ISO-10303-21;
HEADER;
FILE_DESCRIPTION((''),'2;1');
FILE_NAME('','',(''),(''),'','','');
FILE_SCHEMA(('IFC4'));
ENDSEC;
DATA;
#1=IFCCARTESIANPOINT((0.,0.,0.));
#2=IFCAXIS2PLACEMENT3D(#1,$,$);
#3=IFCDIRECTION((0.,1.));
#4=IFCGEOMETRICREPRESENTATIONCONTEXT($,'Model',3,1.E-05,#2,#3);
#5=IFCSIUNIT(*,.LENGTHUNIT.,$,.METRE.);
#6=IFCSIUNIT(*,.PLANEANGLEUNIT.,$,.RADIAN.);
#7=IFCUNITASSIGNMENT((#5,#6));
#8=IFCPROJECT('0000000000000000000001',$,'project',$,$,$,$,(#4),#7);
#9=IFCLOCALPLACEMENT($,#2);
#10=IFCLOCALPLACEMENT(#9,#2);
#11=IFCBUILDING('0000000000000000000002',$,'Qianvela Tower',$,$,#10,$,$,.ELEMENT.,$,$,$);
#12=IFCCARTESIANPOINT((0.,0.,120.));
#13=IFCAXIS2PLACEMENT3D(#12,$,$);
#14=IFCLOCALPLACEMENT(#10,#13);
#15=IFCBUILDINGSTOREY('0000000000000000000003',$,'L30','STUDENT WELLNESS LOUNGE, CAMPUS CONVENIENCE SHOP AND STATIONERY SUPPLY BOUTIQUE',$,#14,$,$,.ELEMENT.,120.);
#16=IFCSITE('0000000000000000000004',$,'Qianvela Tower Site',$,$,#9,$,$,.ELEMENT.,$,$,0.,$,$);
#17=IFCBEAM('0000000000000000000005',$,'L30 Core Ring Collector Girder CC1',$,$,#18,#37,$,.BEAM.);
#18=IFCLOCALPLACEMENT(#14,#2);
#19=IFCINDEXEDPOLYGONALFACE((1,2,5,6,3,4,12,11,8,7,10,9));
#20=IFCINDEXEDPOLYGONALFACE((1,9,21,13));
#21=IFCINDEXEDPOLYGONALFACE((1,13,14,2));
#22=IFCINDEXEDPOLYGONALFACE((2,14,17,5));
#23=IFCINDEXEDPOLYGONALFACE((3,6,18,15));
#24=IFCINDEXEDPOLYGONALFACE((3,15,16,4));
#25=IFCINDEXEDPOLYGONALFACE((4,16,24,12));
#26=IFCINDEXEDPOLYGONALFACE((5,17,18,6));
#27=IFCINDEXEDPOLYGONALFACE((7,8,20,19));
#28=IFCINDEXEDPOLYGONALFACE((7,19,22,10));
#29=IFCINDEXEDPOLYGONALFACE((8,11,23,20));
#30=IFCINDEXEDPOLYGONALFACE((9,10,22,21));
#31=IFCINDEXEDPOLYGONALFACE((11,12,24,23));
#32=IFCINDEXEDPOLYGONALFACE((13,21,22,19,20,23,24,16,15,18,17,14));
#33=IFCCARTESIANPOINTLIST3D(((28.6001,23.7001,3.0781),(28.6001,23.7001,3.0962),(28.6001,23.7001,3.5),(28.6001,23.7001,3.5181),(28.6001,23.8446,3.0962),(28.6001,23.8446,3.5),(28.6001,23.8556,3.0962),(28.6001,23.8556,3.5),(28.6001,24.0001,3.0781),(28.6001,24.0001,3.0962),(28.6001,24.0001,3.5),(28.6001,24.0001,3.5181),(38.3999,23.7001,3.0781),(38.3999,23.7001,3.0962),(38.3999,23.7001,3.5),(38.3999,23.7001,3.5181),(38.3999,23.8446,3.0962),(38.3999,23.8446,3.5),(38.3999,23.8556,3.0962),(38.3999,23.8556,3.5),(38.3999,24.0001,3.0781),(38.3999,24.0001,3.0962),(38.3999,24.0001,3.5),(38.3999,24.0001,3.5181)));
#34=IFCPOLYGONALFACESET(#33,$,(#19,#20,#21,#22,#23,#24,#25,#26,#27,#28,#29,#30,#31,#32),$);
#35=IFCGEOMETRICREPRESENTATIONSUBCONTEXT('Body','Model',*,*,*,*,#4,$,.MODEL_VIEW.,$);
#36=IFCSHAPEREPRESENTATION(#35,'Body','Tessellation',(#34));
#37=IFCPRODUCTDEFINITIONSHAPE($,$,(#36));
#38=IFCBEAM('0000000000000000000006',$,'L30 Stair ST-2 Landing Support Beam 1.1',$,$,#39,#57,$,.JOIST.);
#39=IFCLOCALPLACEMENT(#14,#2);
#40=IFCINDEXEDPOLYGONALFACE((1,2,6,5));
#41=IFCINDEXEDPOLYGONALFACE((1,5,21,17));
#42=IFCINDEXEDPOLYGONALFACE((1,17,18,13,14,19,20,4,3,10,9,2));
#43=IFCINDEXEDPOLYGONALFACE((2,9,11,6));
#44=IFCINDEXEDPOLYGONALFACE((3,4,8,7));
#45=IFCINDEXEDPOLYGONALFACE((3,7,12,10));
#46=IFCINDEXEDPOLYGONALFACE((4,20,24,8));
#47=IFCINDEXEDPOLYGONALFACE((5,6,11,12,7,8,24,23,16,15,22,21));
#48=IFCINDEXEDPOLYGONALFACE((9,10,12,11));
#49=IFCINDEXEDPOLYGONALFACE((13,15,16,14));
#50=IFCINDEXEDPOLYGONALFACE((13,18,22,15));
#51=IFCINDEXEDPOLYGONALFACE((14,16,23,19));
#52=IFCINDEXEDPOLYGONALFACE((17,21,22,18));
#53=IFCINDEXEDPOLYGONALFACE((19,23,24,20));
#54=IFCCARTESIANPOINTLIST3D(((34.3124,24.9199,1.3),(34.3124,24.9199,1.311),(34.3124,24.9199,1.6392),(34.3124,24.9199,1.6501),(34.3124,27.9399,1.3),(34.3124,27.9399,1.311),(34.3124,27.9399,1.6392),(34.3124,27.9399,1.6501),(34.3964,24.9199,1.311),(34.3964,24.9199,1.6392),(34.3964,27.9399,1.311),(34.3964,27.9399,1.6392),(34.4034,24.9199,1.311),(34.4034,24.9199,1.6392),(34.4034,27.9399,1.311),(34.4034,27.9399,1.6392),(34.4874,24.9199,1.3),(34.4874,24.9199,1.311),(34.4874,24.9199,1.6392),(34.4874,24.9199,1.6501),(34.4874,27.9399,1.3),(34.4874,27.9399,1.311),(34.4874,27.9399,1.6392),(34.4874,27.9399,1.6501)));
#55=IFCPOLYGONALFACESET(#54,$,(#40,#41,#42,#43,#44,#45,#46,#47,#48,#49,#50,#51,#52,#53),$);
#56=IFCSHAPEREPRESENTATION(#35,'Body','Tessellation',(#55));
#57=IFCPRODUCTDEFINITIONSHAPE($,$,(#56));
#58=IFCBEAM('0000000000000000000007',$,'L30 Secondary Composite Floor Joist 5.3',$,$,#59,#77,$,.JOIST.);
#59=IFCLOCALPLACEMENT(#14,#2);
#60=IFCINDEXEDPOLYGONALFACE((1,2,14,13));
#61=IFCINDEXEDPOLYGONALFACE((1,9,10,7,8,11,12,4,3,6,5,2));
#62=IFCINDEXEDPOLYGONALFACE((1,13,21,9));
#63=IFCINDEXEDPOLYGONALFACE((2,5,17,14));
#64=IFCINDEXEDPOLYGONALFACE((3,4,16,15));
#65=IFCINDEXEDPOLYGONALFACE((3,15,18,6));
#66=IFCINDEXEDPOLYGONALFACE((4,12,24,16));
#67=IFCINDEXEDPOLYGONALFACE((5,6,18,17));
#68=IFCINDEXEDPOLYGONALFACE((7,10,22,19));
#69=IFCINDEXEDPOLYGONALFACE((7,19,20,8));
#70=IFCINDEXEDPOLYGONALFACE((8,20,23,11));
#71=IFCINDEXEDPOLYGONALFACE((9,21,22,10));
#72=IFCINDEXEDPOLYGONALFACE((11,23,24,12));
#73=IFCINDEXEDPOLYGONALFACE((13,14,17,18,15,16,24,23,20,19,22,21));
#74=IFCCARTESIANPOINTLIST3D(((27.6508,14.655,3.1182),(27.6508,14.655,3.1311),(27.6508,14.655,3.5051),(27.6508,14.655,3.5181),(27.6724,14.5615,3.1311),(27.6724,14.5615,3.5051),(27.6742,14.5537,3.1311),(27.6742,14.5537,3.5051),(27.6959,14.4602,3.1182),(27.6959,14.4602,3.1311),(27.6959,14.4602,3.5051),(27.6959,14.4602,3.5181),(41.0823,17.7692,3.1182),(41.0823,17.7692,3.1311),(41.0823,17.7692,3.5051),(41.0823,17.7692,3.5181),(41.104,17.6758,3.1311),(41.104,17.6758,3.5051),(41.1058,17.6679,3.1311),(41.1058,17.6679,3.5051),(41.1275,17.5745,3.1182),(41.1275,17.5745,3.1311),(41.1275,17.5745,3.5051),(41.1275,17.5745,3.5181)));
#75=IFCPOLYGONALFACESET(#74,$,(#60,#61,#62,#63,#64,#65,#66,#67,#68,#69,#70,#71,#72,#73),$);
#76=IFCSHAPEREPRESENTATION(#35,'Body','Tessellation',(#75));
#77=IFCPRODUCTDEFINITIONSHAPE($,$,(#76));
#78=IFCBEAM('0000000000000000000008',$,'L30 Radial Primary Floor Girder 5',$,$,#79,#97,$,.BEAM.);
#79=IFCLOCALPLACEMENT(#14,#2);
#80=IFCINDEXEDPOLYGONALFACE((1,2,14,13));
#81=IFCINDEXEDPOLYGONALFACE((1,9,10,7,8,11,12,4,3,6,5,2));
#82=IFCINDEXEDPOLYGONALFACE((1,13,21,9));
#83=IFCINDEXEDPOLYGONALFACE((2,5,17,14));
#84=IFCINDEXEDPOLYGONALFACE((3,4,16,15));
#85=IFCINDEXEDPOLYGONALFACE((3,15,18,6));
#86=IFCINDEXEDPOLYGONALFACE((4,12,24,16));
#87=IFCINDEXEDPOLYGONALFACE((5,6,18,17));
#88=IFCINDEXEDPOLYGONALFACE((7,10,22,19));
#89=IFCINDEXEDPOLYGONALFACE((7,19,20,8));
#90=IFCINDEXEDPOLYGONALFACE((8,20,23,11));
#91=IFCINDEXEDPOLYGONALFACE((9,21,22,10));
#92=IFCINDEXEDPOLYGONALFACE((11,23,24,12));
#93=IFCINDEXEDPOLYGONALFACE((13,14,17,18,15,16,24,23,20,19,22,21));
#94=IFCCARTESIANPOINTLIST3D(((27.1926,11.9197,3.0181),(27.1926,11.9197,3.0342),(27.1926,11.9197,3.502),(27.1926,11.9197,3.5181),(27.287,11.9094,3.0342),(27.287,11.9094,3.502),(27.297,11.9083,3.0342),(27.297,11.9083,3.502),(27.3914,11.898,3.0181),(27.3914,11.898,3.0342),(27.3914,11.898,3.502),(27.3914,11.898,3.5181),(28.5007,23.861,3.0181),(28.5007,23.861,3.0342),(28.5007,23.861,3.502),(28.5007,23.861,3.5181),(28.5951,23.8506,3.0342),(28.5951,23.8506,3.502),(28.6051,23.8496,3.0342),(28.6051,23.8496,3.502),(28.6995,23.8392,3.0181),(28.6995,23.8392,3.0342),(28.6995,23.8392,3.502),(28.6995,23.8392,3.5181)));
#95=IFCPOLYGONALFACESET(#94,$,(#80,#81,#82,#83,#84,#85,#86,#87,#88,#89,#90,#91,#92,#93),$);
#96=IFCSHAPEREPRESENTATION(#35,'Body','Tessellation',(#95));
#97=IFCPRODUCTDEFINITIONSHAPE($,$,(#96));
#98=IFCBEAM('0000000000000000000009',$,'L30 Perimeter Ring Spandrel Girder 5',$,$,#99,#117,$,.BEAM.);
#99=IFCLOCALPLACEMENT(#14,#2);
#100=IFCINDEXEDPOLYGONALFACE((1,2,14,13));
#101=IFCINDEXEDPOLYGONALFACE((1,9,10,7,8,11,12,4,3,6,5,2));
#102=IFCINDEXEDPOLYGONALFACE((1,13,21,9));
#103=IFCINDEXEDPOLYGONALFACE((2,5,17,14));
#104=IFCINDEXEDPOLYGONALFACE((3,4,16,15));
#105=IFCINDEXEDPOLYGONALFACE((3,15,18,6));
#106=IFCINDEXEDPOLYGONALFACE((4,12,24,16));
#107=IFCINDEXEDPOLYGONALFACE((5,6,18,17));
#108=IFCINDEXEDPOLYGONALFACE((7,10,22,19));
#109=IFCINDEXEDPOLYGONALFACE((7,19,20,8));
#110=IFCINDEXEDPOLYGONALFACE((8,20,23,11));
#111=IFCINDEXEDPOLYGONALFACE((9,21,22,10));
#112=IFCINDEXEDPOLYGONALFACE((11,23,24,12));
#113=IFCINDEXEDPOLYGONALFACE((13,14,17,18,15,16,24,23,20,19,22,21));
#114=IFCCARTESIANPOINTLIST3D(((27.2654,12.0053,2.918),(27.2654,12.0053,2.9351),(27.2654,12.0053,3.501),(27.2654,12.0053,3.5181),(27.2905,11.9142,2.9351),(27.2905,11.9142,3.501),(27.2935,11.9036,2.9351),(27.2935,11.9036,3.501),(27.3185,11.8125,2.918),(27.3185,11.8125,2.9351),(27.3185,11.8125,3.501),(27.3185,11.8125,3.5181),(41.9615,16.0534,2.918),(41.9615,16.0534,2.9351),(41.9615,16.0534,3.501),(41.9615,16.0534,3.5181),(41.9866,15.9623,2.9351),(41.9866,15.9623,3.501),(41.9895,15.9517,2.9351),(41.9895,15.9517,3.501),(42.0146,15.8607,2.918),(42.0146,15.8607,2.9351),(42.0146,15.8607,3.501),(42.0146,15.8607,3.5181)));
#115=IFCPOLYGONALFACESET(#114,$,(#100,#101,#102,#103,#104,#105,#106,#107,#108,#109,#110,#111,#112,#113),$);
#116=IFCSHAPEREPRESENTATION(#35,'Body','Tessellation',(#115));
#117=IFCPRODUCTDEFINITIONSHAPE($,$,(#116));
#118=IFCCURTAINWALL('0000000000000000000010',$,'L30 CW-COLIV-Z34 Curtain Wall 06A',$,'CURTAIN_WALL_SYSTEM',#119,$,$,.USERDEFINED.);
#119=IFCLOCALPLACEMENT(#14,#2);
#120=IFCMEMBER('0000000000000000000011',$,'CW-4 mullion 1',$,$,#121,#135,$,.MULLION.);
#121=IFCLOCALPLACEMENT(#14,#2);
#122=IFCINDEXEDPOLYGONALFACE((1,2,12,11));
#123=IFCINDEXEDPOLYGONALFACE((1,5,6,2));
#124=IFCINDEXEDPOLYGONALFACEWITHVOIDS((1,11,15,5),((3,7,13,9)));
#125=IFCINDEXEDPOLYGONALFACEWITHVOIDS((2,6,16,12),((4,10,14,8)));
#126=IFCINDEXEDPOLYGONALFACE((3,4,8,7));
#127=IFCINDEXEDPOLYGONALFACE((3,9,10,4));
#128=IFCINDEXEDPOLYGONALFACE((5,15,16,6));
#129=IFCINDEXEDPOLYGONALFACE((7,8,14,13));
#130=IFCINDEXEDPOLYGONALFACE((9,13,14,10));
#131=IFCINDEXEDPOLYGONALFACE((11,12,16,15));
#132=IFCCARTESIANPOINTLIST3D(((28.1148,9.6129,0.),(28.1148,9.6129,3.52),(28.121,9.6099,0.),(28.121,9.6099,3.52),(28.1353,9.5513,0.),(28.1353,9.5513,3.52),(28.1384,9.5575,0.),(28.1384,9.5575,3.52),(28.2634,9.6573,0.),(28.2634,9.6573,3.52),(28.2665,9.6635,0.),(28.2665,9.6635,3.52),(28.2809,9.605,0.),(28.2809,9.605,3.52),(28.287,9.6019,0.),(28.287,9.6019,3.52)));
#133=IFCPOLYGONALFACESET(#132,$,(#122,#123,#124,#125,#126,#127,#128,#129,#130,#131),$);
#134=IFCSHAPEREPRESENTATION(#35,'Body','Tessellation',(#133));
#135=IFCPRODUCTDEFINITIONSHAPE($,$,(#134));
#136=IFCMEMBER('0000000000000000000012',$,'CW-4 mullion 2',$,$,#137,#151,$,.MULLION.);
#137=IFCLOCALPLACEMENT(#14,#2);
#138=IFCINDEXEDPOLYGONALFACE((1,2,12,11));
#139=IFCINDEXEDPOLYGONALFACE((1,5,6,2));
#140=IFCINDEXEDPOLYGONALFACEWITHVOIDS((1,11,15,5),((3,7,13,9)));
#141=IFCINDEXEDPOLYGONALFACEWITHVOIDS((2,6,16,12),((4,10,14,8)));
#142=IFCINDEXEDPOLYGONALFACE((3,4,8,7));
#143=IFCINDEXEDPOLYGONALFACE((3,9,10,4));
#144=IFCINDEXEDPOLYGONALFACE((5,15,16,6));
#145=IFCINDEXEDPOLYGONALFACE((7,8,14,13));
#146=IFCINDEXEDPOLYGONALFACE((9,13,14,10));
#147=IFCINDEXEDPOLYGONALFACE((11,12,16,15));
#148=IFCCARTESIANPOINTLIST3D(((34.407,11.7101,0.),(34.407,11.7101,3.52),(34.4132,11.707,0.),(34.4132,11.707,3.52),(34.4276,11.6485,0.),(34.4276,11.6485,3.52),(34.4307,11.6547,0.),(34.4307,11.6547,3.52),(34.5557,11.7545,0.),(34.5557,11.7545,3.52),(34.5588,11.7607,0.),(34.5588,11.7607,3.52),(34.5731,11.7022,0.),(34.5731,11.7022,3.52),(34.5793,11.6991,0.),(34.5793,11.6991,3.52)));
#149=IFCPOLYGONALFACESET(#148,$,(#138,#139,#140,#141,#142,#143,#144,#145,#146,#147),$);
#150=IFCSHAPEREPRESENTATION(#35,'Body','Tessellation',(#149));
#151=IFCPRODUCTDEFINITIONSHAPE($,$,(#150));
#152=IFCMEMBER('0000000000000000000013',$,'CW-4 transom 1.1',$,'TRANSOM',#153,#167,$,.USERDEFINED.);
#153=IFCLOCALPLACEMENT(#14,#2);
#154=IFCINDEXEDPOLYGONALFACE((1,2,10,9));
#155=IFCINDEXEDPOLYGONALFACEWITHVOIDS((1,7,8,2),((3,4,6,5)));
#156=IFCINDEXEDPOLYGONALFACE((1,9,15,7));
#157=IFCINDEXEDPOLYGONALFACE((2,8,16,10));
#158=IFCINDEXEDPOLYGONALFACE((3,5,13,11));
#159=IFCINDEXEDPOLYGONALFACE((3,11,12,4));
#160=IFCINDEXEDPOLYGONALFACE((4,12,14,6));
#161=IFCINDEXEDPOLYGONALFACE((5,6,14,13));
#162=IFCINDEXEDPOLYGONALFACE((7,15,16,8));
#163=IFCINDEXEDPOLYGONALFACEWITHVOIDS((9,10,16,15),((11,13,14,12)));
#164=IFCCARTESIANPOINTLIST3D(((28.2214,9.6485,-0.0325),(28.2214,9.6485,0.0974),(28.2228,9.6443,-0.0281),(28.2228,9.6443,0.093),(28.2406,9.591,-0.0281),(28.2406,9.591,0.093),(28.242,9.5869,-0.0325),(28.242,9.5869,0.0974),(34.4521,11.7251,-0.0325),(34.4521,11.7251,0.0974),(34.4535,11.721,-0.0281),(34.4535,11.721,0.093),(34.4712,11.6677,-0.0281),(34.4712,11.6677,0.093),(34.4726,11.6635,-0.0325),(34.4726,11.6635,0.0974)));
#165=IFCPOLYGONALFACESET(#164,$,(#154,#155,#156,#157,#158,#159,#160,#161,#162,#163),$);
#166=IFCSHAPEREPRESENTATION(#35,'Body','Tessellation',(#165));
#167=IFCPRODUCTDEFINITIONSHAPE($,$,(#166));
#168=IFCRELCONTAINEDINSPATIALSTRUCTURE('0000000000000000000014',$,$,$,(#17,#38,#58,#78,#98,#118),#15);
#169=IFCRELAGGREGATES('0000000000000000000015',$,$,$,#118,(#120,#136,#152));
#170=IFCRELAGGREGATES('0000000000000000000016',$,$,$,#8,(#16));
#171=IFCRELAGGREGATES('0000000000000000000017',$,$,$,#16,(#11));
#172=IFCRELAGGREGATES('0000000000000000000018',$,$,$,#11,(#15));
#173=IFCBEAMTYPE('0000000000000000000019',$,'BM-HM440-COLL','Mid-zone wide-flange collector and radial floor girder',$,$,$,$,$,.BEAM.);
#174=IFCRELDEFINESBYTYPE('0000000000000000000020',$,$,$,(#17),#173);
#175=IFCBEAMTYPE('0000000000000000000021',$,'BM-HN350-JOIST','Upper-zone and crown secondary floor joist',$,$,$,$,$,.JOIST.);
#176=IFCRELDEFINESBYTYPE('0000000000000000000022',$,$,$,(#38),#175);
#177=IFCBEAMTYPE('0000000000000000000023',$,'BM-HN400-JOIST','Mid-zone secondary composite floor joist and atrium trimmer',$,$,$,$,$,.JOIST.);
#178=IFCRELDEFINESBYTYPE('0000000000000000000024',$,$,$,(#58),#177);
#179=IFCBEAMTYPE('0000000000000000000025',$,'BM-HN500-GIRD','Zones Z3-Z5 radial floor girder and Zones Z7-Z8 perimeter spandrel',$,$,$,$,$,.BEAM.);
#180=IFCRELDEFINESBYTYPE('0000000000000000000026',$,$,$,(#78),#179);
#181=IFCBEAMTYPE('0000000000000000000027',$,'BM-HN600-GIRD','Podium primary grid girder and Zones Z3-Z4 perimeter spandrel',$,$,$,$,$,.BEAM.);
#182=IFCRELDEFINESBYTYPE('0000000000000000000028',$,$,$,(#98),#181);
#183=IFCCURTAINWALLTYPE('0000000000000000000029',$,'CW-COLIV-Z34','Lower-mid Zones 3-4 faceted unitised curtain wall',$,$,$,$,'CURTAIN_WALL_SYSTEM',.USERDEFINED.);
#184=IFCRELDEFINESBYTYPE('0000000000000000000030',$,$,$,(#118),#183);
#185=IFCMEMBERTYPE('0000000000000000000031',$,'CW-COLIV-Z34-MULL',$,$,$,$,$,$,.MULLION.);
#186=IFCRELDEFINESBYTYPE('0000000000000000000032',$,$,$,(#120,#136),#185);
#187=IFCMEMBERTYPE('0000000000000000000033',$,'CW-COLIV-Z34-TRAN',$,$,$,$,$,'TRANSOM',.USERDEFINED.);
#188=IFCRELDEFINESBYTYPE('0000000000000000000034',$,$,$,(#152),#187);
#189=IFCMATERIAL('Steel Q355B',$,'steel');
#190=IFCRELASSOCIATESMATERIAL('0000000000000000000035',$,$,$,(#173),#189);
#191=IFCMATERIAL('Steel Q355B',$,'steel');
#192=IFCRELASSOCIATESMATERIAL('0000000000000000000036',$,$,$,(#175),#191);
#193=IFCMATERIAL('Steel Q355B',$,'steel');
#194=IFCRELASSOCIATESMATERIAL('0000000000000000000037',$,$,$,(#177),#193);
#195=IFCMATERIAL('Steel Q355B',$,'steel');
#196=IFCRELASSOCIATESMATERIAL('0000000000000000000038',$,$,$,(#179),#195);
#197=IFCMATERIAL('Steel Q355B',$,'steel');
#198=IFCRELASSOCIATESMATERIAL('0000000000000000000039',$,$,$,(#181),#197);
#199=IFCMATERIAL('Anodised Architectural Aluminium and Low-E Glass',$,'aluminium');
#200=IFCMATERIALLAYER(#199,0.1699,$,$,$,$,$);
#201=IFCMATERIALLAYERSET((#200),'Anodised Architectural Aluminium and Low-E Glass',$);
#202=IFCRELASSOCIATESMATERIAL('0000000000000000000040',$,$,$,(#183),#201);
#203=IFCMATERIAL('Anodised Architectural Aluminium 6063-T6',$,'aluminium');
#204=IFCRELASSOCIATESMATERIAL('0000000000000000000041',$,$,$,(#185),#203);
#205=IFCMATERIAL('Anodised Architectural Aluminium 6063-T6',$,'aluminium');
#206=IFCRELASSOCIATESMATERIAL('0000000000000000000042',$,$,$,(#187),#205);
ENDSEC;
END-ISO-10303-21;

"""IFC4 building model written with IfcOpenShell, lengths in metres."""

from ifc_helpers import new_model, si_unit, direction, frame, origin, origin_2d, place, context, subcontext, project, spatial, hollow_rectangle, i_section, extrude, material, layer, layer_set, material_profile, profile_set, type_object, element, aggregate, save


model = new_model("IFC4")

# Units and contexts
model_context = context("Model", 3, precision=1e-05, world=origin(), true_north=direction((0.0, 1.0)))
body_context = subcontext(model_context, "Body", "Model", "MODEL_VIEW")
ifc_project = project(units=[si_unit("LENGTHUNIT", "METRE"), si_unit("PLANEANGLEUNIT", "RADIAN")], contexts=[model_context])

# Site, building, storey
site_placement = place(None, origin())
site = spatial("IfcSite", under=ifc_project, at=site_placement, Name="Qianvela Tower Site", CompositionType="ELEMENT", RefElevation=0.0)
building_placement = place(site_placement, origin())
building = spatial("IfcBuilding", under=site, at=building_placement, Name="Qianvela Tower", CompositionType="ELEMENT")
storey_placement = place(building_placement, frame((0.0, 0.0, 120.0)))
storey = spatial("IfcBuildingStorey", under=building, at=storey_placement, Name="L30", Description="STUDENT WELLNESS LOUNGE, CAMPUS CONVENIENCE SHOP AND STATIONERY SUPPLY BOUTIQUE", CompositionType="ELEMENT", Elevation=120.0)

# Beams
ifc_material_1 = material(Name="Steel Q355B", Category="steel")
ifc_material_profile_1 = material_profile(ifc_material_1, i_section(OverallWidth=0.3, OverallDepth=0.4399, WebThickness=0.011, FlangeThickness=0.0181, at=origin_2d()), Name="HM440x300x11x18")
ifc_profile_set_1 = profile_set([ifc_material_profile_1], Name="Steel Q355B")
beam_type_1 = type_object("IfcBeamType", Name="BM-HM440-COLL", Description="Mid-zone wide-flange collector and radial floor girder", PredefinedType="BEAM", material=ifc_profile_set_1)
beam_1_placement = place(storey_placement, frame((28.6001, 23.8501, 3.2981), z_axis=(1.0, 0.0, 0.0), x_axis=(0.0, 1.0, 0.0)))
element("IfcBeam", 1, at=beam_1_placement, inside=storey, type_object=beam_type_1, Name="L30 Core Ring Collector Girder CC1", PredefinedType="BEAM", context=body_context, shape_type="SweptSolid", body=[
    extrude(i_section(OverallWidth=0.3, OverallDepth=0.4399, WebThickness=0.011, FlangeThickness=0.0181, at=origin_2d()), origin(), (0.0, 0.0, 1.0), 9.7998),
])
ifc_material_2 = material(Name="Steel Q355B", Category="steel")
ifc_material_profile_2 = material_profile(ifc_material_2, i_section(OverallWidth=0.175, OverallDepth=0.3501, WebThickness=0.0071, FlangeThickness=0.011, at=origin_2d()), Name="HN350x175x7x11")
ifc_profile_set_2 = profile_set([ifc_material_profile_2], Name="Steel Q355B")
beam_type_2 = type_object("IfcBeamType", Name="BM-HN350-JOIST", Description="Upper-zone and crown secondary floor joist", PredefinedType="JOIST", material=ifc_profile_set_2)
beam_2_placement = place(storey_placement, frame((34.3999, 24.9199, 1.4751), z_axis=(0.0, 1.0, 0.0), x_axis=(-1.0, 0.0, 0.0)))
element("IfcBeam", 2, at=beam_2_placement, inside=storey, type_object=beam_type_2, Name="L30 Stair ST-2 Landing Support Beam 1.1", PredefinedType="JOIST", context=body_context, shape_type="SweptSolid", body=[
    extrude(i_section(OverallWidth=0.175, OverallDepth=0.3501, WebThickness=0.0071, FlangeThickness=0.011, at=origin_2d()), origin(), (0.0, 0.0, 1.0), 3.02),
])
ifc_material_3 = material(Name="Steel Q355B", Category="steel")
ifc_material_profile_3 = material_profile(ifc_material_3, i_section(OverallWidth=0.2, OverallDepth=0.3999, WebThickness=0.0081, FlangeThickness=0.0129, at=origin_2d()), Name="HN400x200x8x13")
ifc_profile_set_3 = profile_set([ifc_material_profile_3], Name="Steel Q355B")
beam_type_3 = type_object("IfcBeamType", Name="BM-HN400-JOIST", Description="Mid-zone secondary composite floor joist and atrium trimmer", PredefinedType="JOIST", material=ifc_profile_set_3)
beam_3_placement = place(storey_placement, frame((27.6733, 14.5576, 3.3181), z_axis=(0.974158, 0.225868, 0.0), x_axis=(-0.225868, 0.974158, 0.0)))
element("IfcBeam", 3, at=beam_3_placement, inside=storey, type_object=beam_type_3, Name="L30 Secondary Composite Floor Joist 5.3", PredefinedType="JOIST", context=body_context, shape_type="SweptSolid", body=[
    extrude(i_section(OverallWidth=0.2, OverallDepth=0.3999, WebThickness=0.0081, FlangeThickness=0.0129, at=origin_2d()), origin(), (0.0, 0.0, 1.0), 13.7878),
])
ifc_material_4 = material(Name="Steel Q355B", Category="steel")
ifc_material_profile_4 = material_profile(ifc_material_4, i_section(OverallWidth=0.2, OverallDepth=0.5, WebThickness=0.01, FlangeThickness=0.0161, at=origin_2d()), Name="HN500x200x10x16")
ifc_profile_set_4 = profile_set([ifc_material_profile_4], Name="Steel Q355B")
beam_type_4 = type_object("IfcBeamType", Name="BM-HN500-GIRD", Description="Zones Z3-Z5 radial floor girder and Zones Z7-Z8 perimeter spandrel", PredefinedType="BEAM", material=ifc_profile_set_4)
beam_4_placement = place(storey_placement, frame((28.6001, 23.8501, 3.2681), z_axis=(-0.108894, -0.994053, 0.0), x_axis=(0.994053, -0.108894, 0.0)))
element("IfcBeam", 4, at=beam_4_placement, inside=storey, type_object=beam_type_4, Name="L30 Radial Primary Floor Girder 5", PredefinedType="BEAM", context=body_context, shape_type="SweptSolid", body=[
    extrude(i_section(OverallWidth=0.2, OverallDepth=0.5, WebThickness=0.01, FlangeThickness=0.0161, at=origin_2d()), origin(), (0.0, 0.0, 1.0), 12.0127),
])
ifc_material_5 = material(Name="Steel Q355B", Category="steel")
ifc_material_profile_5 = material_profile(ifc_material_5, i_section(OverallWidth=0.2, OverallDepth=0.6001, WebThickness=0.011, FlangeThickness=0.0171, at=origin_2d()), Name="HN600x200x11x17")
ifc_profile_set_5 = profile_set([ifc_material_profile_5], Name="Steel Q355B")
beam_type_5 = type_object("IfcBeamType", Name="BM-HN600-GIRD", Description="Podium primary grid girder and Zones Z3-Z4 perimeter spandrel", PredefinedType="BEAM", material=ifc_profile_set_5)
beam_5_placement = place(storey_placement, frame((27.292, 11.9089, 3.218), z_axis=(0.964093, 0.265564, 0.0), x_axis=(-0.265564, 0.964093, 0.0)))
element("IfcBeam", 5, at=beam_5_placement, inside=storey, type_object=beam_type_5, Name="L30 Perimeter Ring Spandrel Girder 5", PredefinedType="BEAM", context=body_context, shape_type="SweptSolid", body=[
    extrude(i_section(OverallWidth=0.2, OverallDepth=0.6001, WebThickness=0.011, FlangeThickness=0.0171, at=origin_2d()), origin(), (0.0, 0.0, 1.0), 15.2434),
])

# Curtain wall, members
ifc_material_6 = material(Name="Anodised Architectural Aluminium and Low-E Glass", Category="aluminium")
ifc_layer_1 = layer(ifc_material_6, 0.1699)
ifc_layer_set_1 = layer_set([ifc_layer_1], Name="Anodised Architectural Aluminium and Low-E Glass")
curtain_wall_type = type_object("IfcCurtainWallType", Name="CW-COLIV-Z34", Description="Lower-mid Zones 3-4 faceted unitised curtain wall", ElementType="CURTAIN_WALL_SYSTEM", PredefinedType="USERDEFINED", material=ifc_layer_set_1)
curtain_wall_placement = place(storey_placement, origin())
curtain_wall = element("IfcCurtainWall", 6, at=curtain_wall_placement, inside=storey, type_object=curtain_wall_type, Name="L30 CW-COLIV-Z34 Curtain Wall 06A", ObjectType="CURTAIN_WALL_SYSTEM", PredefinedType="USERDEFINED")
ifc_material_7 = material(Name="Anodised Architectural Aluminium 6063-T6", Category="aluminium")
ifc_material_profile_6 = material_profile(ifc_material_7, hollow_rectangle(XDim=0.0649, YDim=0.1599, WallThickness=0.0049, at=origin_2d()), Name="ALU-MULL-65x160")
ifc_profile_set_6 = profile_set([ifc_material_profile_6], Name="Anodised Architectural Aluminium 6063-T6")
member_type_1 = type_object("IfcMemberType", Name="CW-COLIV-Z34-MULL", PredefinedType="MULLION", material=ifc_profile_set_6)
member_1_placement = place(storey_placement, frame((28.2009, 9.6074, 0.0), z_axis=(0.0, 0.0, 1.0), x_axis=(-0.316196, 0.948694, 0.0)))
member_1 = element("IfcMember", 7, at=member_1_placement, type_object=member_type_1, Name="CW-4 mullion 1", PredefinedType="MULLION", context=body_context, shape_type="SweptSolid", body=[
    extrude(hollow_rectangle(XDim=0.0649, YDim=0.1599, WallThickness=0.0049, at=origin_2d()), origin(), (0.0, 0.0, 1.0), 3.52),
])
member_2_placement = place(storey_placement, frame((34.4932, 11.7046, 0.0), z_axis=(0.0, 0.0, 1.0), x_axis=(-0.316196, 0.948694, 0.0)))
member_2 = element("IfcMember", 8, at=member_2_placement, type_object=member_type_1, Name="CW-4 mullion 2", PredefinedType="MULLION", context=body_context, shape_type="SweptSolid", body=[
    extrude(hollow_rectangle(XDim=0.0649, YDim=0.1599, WallThickness=0.0049, at=origin_2d()), origin(), (0.0, 0.0, 1.0), 3.52),
])
ifc_material_8 = material(Name="Anodised Architectural Aluminium 6063-T6", Category="aluminium")
ifc_material_profile_7 = material_profile(ifc_material_8, hollow_rectangle(XDim=0.0649, YDim=0.1299, WallThickness=0.0044, at=origin_2d()), Name="ALU-TRAN-65x130")
ifc_profile_set_7 = profile_set([ifc_material_profile_7], Name="Anodised Architectural Aluminium 6063-T6")
member_type_2 = type_object("IfcMemberType", Name="CW-COLIV-Z34-TRAN", ElementType="TRANSOM", PredefinedType="USERDEFINED", material=ifc_profile_set_7)
member_3_placement = place(storey_placement, frame((28.2317, 9.6177, 0.0325), z_axis=(0.948694, 0.316194, 0.0), x_axis=(-0.316194, 0.948694, 0.0)))
member_3 = element("IfcMember", 9, at=member_3_placement, type_object=member_type_2, Name="CW-4 transom 1.1", ObjectType="TRANSOM", PredefinedType="USERDEFINED", context=body_context, shape_type="SweptSolid", body=[
    extrude(hollow_rectangle(XDim=0.0649, YDim=0.1299, WallThickness=0.0044, at=origin_2d()), origin(), (0.0, 0.0, 1.0), 6.5676),
])
aggregate(curtain_wall, [member_1, member_2, member_3])

save(model, "model.ifc")
